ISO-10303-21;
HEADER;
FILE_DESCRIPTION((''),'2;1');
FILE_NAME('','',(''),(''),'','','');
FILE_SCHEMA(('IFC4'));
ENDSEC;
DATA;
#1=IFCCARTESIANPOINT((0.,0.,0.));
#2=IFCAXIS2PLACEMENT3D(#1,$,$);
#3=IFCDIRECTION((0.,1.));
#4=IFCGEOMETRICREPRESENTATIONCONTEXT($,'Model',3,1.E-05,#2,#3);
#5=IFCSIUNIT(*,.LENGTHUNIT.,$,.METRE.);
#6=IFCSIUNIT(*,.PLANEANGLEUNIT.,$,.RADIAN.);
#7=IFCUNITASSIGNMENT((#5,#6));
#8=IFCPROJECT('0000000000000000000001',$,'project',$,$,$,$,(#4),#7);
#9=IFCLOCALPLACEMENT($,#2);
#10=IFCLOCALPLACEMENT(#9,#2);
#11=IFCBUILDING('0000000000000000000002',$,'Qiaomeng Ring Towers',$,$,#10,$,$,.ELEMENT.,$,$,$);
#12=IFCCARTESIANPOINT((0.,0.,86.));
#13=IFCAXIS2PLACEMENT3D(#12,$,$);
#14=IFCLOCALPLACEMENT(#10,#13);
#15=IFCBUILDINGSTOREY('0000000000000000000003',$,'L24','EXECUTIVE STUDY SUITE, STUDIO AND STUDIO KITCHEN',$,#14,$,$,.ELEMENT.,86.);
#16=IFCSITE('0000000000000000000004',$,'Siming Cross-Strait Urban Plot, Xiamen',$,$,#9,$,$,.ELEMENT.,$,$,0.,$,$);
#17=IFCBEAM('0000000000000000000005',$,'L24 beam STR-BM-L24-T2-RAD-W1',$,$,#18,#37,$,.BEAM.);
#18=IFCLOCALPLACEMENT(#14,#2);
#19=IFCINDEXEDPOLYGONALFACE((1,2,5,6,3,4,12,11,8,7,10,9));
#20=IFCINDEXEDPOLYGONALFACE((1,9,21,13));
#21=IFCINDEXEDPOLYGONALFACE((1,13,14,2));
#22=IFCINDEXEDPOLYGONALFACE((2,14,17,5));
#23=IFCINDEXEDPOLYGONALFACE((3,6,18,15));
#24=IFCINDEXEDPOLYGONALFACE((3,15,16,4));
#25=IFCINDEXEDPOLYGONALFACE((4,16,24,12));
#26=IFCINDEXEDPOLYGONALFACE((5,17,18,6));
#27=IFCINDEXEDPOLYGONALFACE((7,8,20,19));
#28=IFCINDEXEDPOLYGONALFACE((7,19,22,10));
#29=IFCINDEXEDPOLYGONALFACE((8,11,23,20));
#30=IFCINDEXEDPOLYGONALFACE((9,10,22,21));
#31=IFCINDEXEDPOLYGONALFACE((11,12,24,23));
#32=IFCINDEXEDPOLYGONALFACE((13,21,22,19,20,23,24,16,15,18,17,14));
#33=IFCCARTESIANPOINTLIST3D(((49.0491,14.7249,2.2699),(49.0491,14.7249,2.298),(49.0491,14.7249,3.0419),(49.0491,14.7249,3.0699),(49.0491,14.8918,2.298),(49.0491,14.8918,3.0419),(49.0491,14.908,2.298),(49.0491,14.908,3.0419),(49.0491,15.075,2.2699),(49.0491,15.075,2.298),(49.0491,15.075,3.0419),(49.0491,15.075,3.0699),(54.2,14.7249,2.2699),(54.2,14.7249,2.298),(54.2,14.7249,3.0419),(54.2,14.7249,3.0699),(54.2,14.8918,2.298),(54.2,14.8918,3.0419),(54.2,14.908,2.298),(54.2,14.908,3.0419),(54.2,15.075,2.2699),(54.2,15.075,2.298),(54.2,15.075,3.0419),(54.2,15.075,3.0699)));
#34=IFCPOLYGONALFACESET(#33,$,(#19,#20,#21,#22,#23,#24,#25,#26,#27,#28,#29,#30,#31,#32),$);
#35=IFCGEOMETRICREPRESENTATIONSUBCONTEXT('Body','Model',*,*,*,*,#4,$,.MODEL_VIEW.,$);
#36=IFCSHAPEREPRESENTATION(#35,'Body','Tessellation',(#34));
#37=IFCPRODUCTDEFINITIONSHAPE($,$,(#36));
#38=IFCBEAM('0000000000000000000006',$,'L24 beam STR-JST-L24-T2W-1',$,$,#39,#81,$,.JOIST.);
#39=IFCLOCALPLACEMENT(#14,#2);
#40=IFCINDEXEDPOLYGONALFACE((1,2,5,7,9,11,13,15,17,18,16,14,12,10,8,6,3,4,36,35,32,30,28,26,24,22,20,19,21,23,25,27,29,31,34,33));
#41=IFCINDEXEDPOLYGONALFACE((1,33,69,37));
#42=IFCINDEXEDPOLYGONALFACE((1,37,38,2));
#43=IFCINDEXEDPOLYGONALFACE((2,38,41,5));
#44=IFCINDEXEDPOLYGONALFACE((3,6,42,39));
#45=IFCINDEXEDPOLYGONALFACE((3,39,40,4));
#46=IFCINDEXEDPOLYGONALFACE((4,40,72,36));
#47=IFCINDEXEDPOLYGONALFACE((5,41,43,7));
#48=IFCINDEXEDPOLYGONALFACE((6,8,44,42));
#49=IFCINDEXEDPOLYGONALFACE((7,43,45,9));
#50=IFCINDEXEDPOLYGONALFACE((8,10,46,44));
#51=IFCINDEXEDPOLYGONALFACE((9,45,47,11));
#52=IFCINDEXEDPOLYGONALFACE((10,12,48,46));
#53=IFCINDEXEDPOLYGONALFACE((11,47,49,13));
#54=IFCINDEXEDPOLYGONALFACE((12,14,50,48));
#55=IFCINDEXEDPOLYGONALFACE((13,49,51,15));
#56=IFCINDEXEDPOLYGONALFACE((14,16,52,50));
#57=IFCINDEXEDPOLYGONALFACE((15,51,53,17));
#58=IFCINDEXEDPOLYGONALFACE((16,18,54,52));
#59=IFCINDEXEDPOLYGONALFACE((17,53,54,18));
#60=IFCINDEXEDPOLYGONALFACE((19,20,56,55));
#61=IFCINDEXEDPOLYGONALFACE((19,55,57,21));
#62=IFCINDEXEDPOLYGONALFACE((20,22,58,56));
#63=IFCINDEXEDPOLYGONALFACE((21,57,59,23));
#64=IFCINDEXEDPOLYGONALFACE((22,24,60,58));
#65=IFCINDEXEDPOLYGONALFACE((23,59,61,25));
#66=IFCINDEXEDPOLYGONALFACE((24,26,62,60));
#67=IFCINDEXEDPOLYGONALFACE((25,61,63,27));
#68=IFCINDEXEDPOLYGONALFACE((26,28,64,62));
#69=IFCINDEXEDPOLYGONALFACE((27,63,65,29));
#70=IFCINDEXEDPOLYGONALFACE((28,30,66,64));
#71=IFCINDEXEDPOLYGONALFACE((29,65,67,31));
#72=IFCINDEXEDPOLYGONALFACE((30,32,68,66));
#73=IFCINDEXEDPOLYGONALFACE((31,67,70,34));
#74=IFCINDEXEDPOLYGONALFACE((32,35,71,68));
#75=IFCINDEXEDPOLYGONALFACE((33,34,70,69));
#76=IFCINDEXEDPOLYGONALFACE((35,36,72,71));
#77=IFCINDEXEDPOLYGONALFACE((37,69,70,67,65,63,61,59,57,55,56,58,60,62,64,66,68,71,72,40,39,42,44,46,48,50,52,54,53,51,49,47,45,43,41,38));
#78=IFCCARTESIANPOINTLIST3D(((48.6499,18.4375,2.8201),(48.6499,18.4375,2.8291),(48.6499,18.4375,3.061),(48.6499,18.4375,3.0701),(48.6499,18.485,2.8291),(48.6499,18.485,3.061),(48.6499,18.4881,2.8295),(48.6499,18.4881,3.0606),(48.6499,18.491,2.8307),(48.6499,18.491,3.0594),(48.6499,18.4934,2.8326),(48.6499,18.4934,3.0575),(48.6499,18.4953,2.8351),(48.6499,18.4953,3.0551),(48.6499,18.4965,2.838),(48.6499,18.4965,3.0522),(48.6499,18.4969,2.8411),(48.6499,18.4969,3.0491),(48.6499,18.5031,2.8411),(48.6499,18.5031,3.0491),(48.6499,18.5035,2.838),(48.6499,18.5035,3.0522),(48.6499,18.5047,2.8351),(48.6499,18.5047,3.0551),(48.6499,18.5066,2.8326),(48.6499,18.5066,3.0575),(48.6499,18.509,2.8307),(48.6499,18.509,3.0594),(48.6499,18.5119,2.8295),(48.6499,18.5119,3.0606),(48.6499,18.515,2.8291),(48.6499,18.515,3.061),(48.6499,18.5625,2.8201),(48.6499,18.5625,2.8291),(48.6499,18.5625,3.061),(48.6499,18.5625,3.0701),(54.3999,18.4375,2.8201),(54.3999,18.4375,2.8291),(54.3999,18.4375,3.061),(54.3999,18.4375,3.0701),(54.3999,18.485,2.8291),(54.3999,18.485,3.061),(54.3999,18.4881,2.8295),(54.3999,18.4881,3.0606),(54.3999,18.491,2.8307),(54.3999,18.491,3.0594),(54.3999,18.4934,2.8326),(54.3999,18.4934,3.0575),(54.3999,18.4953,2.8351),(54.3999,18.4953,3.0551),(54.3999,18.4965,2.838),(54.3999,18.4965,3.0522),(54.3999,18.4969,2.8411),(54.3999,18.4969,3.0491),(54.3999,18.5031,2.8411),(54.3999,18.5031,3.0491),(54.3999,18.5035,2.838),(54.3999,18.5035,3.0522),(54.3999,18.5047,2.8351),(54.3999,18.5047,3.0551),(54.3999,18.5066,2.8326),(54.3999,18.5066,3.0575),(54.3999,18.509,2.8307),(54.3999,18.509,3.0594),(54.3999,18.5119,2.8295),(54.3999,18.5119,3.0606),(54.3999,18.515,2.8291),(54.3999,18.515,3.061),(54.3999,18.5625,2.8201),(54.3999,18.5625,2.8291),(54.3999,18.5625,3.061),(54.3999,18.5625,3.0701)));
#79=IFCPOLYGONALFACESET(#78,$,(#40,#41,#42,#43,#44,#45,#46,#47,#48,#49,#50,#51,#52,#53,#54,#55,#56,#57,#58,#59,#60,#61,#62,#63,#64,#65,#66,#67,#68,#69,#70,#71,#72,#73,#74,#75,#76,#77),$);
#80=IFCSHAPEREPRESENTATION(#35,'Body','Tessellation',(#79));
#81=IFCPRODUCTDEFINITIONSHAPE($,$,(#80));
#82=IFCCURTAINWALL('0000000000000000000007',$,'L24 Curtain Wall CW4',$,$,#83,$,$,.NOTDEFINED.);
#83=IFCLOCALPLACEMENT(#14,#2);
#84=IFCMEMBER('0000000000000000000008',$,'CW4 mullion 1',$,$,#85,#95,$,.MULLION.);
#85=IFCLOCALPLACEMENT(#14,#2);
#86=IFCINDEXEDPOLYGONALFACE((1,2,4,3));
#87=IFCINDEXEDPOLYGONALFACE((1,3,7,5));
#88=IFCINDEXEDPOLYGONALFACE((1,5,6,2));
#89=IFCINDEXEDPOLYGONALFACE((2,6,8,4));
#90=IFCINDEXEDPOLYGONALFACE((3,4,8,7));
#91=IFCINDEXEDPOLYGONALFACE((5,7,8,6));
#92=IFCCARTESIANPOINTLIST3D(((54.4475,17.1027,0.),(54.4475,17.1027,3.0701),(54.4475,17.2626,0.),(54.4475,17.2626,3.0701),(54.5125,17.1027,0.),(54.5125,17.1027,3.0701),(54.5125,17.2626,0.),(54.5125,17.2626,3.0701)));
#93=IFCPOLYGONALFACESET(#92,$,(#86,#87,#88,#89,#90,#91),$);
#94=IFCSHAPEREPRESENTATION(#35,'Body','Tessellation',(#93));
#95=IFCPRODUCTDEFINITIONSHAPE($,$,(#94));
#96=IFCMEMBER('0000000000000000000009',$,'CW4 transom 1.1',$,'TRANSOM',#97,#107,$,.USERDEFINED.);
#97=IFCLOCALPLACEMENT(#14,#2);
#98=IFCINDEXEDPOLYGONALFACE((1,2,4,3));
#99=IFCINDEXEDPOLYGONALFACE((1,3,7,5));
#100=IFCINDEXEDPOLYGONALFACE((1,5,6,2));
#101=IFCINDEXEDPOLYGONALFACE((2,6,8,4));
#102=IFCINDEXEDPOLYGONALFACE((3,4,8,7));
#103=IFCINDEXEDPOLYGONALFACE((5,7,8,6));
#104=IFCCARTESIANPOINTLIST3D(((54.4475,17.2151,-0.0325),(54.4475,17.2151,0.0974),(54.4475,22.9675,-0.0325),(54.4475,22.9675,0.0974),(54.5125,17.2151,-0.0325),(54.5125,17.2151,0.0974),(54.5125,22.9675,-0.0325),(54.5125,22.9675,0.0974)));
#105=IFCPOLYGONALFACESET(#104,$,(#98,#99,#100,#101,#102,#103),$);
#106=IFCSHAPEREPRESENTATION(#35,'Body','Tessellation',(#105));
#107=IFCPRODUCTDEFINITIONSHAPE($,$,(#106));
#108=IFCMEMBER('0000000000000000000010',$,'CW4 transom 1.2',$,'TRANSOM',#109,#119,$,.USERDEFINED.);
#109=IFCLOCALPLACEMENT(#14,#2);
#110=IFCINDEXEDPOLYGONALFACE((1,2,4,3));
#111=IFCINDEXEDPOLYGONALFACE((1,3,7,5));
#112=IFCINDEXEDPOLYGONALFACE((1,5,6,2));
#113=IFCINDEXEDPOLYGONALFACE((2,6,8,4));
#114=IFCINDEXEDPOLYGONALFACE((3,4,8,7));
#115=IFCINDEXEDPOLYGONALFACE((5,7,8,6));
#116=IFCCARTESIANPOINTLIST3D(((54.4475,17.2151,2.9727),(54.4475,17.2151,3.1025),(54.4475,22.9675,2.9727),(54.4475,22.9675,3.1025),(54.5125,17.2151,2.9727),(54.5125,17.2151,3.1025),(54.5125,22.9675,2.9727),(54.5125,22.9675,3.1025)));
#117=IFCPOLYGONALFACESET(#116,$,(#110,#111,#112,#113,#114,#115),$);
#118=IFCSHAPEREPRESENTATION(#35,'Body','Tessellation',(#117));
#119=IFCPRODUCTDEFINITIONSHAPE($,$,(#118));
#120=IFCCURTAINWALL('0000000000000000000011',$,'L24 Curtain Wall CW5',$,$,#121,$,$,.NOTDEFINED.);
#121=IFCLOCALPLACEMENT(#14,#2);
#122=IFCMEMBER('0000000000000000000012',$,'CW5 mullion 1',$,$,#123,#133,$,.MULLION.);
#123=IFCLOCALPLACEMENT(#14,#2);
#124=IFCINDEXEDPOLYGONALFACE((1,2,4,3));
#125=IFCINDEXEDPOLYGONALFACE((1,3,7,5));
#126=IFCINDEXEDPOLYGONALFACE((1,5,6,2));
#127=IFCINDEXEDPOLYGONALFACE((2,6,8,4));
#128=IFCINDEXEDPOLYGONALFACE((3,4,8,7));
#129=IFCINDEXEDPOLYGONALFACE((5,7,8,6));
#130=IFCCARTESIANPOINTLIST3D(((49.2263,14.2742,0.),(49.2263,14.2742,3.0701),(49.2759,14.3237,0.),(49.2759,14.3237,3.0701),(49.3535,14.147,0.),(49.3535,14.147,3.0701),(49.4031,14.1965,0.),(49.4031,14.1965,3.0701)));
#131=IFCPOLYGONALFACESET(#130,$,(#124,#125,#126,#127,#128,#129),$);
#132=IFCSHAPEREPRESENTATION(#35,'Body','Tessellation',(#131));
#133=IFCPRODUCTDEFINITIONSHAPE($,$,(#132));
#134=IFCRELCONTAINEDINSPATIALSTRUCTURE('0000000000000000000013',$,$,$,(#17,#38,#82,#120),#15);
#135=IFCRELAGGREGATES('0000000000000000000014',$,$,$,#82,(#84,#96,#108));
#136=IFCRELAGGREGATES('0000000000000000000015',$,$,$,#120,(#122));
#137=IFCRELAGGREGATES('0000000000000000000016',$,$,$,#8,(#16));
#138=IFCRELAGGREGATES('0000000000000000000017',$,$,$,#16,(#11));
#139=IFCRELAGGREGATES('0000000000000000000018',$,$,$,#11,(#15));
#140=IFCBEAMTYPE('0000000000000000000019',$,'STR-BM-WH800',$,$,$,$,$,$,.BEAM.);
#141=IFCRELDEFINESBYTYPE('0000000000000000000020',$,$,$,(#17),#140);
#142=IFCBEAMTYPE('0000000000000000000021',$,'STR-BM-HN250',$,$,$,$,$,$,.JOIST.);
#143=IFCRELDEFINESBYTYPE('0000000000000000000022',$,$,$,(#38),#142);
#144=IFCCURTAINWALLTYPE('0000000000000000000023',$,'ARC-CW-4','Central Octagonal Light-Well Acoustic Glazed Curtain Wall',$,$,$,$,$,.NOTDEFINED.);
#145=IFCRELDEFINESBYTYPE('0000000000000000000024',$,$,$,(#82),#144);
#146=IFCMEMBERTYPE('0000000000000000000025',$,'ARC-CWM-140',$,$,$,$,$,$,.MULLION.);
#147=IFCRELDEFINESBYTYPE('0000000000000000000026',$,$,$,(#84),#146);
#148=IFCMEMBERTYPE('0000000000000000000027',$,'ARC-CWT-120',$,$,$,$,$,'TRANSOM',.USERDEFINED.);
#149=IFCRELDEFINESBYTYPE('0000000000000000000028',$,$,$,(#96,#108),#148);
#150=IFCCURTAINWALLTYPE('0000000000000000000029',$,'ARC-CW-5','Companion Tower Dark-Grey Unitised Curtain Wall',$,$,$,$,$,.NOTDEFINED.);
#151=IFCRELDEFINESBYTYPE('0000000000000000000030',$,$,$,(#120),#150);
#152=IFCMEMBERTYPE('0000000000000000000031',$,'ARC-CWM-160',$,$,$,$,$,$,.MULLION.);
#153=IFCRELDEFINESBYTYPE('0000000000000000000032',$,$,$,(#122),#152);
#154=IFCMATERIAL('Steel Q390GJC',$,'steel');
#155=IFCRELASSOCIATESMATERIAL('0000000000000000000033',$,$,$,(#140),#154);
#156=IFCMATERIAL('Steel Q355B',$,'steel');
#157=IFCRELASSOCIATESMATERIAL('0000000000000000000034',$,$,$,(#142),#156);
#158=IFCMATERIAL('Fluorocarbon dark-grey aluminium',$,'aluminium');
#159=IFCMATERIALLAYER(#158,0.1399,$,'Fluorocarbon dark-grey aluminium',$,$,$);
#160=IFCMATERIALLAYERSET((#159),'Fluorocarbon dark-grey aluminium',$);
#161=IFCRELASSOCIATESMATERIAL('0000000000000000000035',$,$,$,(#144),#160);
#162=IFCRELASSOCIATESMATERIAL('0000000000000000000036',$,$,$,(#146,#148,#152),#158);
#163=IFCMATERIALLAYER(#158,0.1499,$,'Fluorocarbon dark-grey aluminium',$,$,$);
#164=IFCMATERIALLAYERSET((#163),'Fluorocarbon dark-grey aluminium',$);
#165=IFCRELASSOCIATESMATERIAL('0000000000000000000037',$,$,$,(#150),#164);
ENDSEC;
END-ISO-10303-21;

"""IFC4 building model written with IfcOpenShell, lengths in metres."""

from ifc_helpers import new_model, si_unit, direction, frame, origin, origin_2d, place, context, subcontext, project, spatial, rectangle, i_section, extrude, source, transform, mapped, material, layer, layer_set, material_profile, profile_set, type_object, element, aggregate, save


model = new_model("IFC4")

# Units and contexts
model_context = context("Model", 3, precision=1e-05, world=origin(), true_north=direction((0.0, 1.0)))
body_context = subcontext(model_context, "Body", "Model", "MODEL_VIEW")
ifc_project = project(units=[si_unit("LENGTHUNIT", "METRE"), si_unit("PLANEANGLEUNIT", "RADIAN")], contexts=[model_context])

# Site, building, storey
site_placement = place(None, origin())
site = spatial("IfcSite", under=ifc_project, at=site_placement, Name="Siming Cross-Strait Urban Plot, Xiamen", CompositionType="ELEMENT", RefElevation=0.0)
building_placement = place(site_placement, origin())
building = spatial("IfcBuilding", under=site, at=building_placement, Name="Qiaomeng Ring Towers", CompositionType="ELEMENT")
storey_placement = place(building_placement, frame((0.0, 0.0, 86.0)))
storey = spatial("IfcBuildingStorey", under=building, at=storey_placement, Name="L24", Description="EXECUTIVE STUDY SUITE, STUDIO AND STUDIO KITCHEN", CompositionType="ELEMENT", Elevation=86.0)

# Beams
ifc_material_1 = material(Name="Steel Q355B", Category="steel")
ifc_material_2 = material(Name="Steel Q390GJC", Category="steel")
ifc_material_profile_1 = material_profile(ifc_material_2, i_section(OverallWidth=0.3501, OverallDepth=0.8, WebThickness=0.0161, FlangeThickness=0.0281, at=origin_2d()), Name="WH 800x350x16x28")
ifc_profile_set_1 = profile_set([ifc_material_profile_1], Name="Steel Q390GJC")
beam_type_1 = type_object("IfcBeamType", Name="STR-BM-WH800", PredefinedType="BEAM", material=ifc_profile_set_1)
shared_shape_1 = source(origin(), body_context, "Body", "SweptSolid", [
    extrude(i_section(OverallWidth=0.3501, OverallDepth=0.8, WebThickness=0.0161, FlangeThickness=0.0281, at=origin_2d()), origin(), (0.0, 0.0, 1.0), 5.1509),
])
beam_1_placement = place(storey_placement, frame((49.0491, 14.8999, 2.6699), z_axis=(1.0, 0.0, 0.0), x_axis=(0.0, 1.0, 0.0)))
element("IfcBeam", 1, at=beam_1_placement, inside=storey, type_object=beam_type_1, Name="L24 beam STR-BM-L24-T2-RAD-W1", PredefinedType="BEAM", context=body_context, shape_type="MappedRepresentation", body=[
    mapped(shared_shape_1, transform((0.0, 0.0, 0.0), x_axis=(1.0, 0.0, 0.0), y_axis=(0.0, 1.0, 0.0), z_axis=(0.0, 0.0, 1.0), scale=1.0)),
])
ifc_material_profile_2 = material_profile(ifc_material_1, i_section(OverallWidth=0.125, OverallDepth=0.25, WebThickness=0.0061, FlangeThickness=0.009, FilletRadius=0.012, at=origin_2d()), Name="HN 250x125x6x9")
ifc_profile_set_2 = profile_set([ifc_material_profile_2], Name="Steel Q355B")
beam_type_2 = type_object("IfcBeamType", Name="STR-BM-HN250", PredefinedType="JOIST", material=ifc_profile_set_2)
shared_shape_2 = source(origin(), body_context, "Body", "SweptSolid", [
    extrude(i_section(OverallWidth=0.125, OverallDepth=0.25, WebThickness=0.0061, FlangeThickness=0.009, FilletRadius=0.012, at=origin_2d()), origin(), (0.0, 0.0, 1.0), 5.75),
])
beam_2_placement = place(storey_placement, frame((48.6499, 18.5, 2.9451), z_axis=(1.0, 0.0, 0.0), x_axis=(0.0, 1.0, 0.0)))
element("IfcBeam", 2, at=beam_2_placement, inside=storey, type_object=beam_type_2, Name="L24 beam STR-JST-L24-T2W-1", PredefinedType="JOIST", context=body_context, shape_type="MappedRepresentation", body=[
    mapped(shared_shape_2, transform((0.0, 0.0, 0.0), x_axis=(1.0, 0.0, 0.0), y_axis=(0.0, 1.0, 0.0), z_axis=(0.0, 0.0, 1.0), scale=1.0)),
])

# Curtain wall, members
ifc_material_3 = material(Name="Fluorocarbon dark-grey aluminium", Category="aluminium")
ifc_layer_1 = layer(ifc_material_3, 0.1399, Name="Fluorocarbon dark-grey aluminium")
ifc_layer_set_1 = layer_set([ifc_layer_1], Name="Fluorocarbon dark-grey aluminium")
curtain_wall_type_1 = type_object("IfcCurtainWallType", Name="ARC-CW-4", Description="Central Octagonal Light-Well Acoustic Glazed Curtain Wall", PredefinedType="NOTDEFINED", material=ifc_layer_set_1)
curtain_wall_1_placement = place(storey_placement, origin())
curtain_wall_1 = element("IfcCurtainWall", 3, at=curtain_wall_1_placement, inside=storey, type_object=curtain_wall_type_1, Name="L24 Curtain Wall CW4", PredefinedType="NOTDEFINED")
ifc_material_profile_3 = material_profile(ifc_material_3, rectangle(XDim=0.0649, YDim=0.1599, at=origin_2d()), Name="ALU MULL 65x160")
ifc_profile_set_3 = profile_set([ifc_material_profile_3], Name="Fluorocarbon dark-grey aluminium")
member_type_1 = type_object("IfcMemberType", Name="ARC-CWM-140", PredefinedType="MULLION", material=ifc_profile_set_3)
shared_shape_3 = source(origin(), body_context, "Body", "SweptSolid", [
    extrude(rectangle(XDim=0.0649, YDim=0.1599, at=origin_2d()), origin(), (0.0, 0.0, 1.0), 3.0701),
])
member_1_placement = place(storey_placement, frame((54.48, 17.1826, 0.0), z_axis=(0.0, 0.0, 1.0), x_axis=(-1.0, 0.0, 0.0)))
member_1 = element("IfcMember", 4, at=member_1_placement, type_object=member_type_1, Name="CW4 mullion 1", PredefinedType="MULLION", context=body_context, shape_type="MappedRepresentation", body=[
    mapped(shared_shape_3, transform((0.0, 0.0, 0.0), x_axis=(1.0, 0.0, 0.0), y_axis=(0.0, 1.0, 0.0), z_axis=(0.0, 0.0, 1.0), scale=1.0)),
])
ifc_material_profile_4 = material_profile(ifc_material_3, rectangle(XDim=0.0649, YDim=0.1299, at=origin_2d()), Name="ALU TRAN 65x130")
ifc_profile_set_4 = profile_set([ifc_material_profile_4], Name="Fluorocarbon dark-grey aluminium")
member_type_2 = type_object("IfcMemberType", Name="ARC-CWT-120", ElementType="TRANSOM", PredefinedType="USERDEFINED", material=ifc_profile_set_4)
shared_shape_4 = source(origin(), body_context, "Body", "SweptSolid", [
    extrude(rectangle(XDim=0.0649, YDim=0.1299, at=origin_2d()), origin(), (0.0, 0.0, 1.0), 5.7524),
])
member_2_placement = place(storey_placement, frame((54.48, 17.2151, 0.0325), z_axis=(0.0, 1.0, 0.0), x_axis=(-1.0, 0.0, 0.0)))
member_2 = element("IfcMember", 5, at=member_2_placement, type_object=member_type_2, Name="CW4 transom 1.1", ObjectType="TRANSOM", PredefinedType="USERDEFINED", context=body_context, shape_type="MappedRepresentation", body=[
    mapped(shared_shape_4, transform((0.0, 0.0, 0.0), x_axis=(1.0, 0.0, 0.0), y_axis=(0.0, 1.0, 0.0), z_axis=(0.0, 0.0, 1.0), scale=1.0)),
])
member_3_placement = place(storey_placement, frame((54.48, 17.2151, 3.0376), z_axis=(0.0, 1.0, 0.0), x_axis=(-1.0, 0.0, 0.0)))
member_3 = element("IfcMember", 6, at=member_3_placement, type_object=member_type_2, Name="CW4 transom 1.2", ObjectType="TRANSOM", PredefinedType="USERDEFINED", context=body_context, shape_type="MappedRepresentation", body=[
    mapped(shared_shape_4, transform((0.0, 0.0, 0.0), x_axis=(1.0, 0.0, 0.0), y_axis=(0.0, 1.0, 0.0), z_axis=(0.0, 0.0, 1.0), scale=1.0)),
])
aggregate(curtain_wall_1, [member_1, member_2, member_3])

# Curtain wall, member
ifc_layer_2 = layer(ifc_material_3, 0.1499, Name="Fluorocarbon dark-grey aluminium")
ifc_layer_set_2 = layer_set([ifc_layer_2], Name="Fluorocarbon dark-grey aluminium")
curtain_wall_type_2 = type_object("IfcCurtainWallType", Name="ARC-CW-5", Description="Companion Tower Dark-Grey Unitised Curtain Wall", PredefinedType="NOTDEFINED", material=ifc_layer_set_2)
curtain_wall_2_placement = place(storey_placement, origin())
curtain_wall_2 = element("IfcCurtainWall", 7, at=curtain_wall_2_placement, inside=storey, type_object=curtain_wall_type_2, Name="L24 Curtain Wall CW5", PredefinedType="NOTDEFINED")
ifc_material_profile_5 = material_profile(ifc_material_3, rectangle(XDim=0.0701, YDim=0.1799, at=origin_2d()), Name="ALU MULL 70x180")
ifc_profile_set_5 = profile_set([ifc_material_profile_5], Name="Fluorocarbon dark-grey aluminium")
member_type_3 = type_object("IfcMemberType", Name="ARC-CWM-160", PredefinedType="MULLION", material=ifc_profile_set_5)
shared_shape_5 = source(origin(), body_context, "Body", "SweptSolid", [
    extrude(rectangle(XDim=0.0701, YDim=0.1799, at=origin_2d()), origin(), (0.0, 0.0, 1.0), 3.0701),
])
member_4_placement = place(storey_placement, frame((49.3147, 14.2354, 0.0), z_axis=(0.0, 0.0, 1.0), x_axis=(0.707107, 0.707107, 0.0)))
member_4 = element("IfcMember", 8, at=member_4_placement, type_object=member_type_3, Name="CW5 mullion 1", PredefinedType="MULLION", context=body_context, shape_type="MappedRepresentation", body=[
    mapped(shared_shape_5, transform((0.0, 0.0, 0.0), x_axis=(1.0, 0.0, 0.0), y_axis=(0.0, 1.0, 0.0), z_axis=(0.0, 0.0, 1.0), scale=1.0)),
])
aggregate(curtain_wall_2, [member_4])

save(model, "model.ifc")
